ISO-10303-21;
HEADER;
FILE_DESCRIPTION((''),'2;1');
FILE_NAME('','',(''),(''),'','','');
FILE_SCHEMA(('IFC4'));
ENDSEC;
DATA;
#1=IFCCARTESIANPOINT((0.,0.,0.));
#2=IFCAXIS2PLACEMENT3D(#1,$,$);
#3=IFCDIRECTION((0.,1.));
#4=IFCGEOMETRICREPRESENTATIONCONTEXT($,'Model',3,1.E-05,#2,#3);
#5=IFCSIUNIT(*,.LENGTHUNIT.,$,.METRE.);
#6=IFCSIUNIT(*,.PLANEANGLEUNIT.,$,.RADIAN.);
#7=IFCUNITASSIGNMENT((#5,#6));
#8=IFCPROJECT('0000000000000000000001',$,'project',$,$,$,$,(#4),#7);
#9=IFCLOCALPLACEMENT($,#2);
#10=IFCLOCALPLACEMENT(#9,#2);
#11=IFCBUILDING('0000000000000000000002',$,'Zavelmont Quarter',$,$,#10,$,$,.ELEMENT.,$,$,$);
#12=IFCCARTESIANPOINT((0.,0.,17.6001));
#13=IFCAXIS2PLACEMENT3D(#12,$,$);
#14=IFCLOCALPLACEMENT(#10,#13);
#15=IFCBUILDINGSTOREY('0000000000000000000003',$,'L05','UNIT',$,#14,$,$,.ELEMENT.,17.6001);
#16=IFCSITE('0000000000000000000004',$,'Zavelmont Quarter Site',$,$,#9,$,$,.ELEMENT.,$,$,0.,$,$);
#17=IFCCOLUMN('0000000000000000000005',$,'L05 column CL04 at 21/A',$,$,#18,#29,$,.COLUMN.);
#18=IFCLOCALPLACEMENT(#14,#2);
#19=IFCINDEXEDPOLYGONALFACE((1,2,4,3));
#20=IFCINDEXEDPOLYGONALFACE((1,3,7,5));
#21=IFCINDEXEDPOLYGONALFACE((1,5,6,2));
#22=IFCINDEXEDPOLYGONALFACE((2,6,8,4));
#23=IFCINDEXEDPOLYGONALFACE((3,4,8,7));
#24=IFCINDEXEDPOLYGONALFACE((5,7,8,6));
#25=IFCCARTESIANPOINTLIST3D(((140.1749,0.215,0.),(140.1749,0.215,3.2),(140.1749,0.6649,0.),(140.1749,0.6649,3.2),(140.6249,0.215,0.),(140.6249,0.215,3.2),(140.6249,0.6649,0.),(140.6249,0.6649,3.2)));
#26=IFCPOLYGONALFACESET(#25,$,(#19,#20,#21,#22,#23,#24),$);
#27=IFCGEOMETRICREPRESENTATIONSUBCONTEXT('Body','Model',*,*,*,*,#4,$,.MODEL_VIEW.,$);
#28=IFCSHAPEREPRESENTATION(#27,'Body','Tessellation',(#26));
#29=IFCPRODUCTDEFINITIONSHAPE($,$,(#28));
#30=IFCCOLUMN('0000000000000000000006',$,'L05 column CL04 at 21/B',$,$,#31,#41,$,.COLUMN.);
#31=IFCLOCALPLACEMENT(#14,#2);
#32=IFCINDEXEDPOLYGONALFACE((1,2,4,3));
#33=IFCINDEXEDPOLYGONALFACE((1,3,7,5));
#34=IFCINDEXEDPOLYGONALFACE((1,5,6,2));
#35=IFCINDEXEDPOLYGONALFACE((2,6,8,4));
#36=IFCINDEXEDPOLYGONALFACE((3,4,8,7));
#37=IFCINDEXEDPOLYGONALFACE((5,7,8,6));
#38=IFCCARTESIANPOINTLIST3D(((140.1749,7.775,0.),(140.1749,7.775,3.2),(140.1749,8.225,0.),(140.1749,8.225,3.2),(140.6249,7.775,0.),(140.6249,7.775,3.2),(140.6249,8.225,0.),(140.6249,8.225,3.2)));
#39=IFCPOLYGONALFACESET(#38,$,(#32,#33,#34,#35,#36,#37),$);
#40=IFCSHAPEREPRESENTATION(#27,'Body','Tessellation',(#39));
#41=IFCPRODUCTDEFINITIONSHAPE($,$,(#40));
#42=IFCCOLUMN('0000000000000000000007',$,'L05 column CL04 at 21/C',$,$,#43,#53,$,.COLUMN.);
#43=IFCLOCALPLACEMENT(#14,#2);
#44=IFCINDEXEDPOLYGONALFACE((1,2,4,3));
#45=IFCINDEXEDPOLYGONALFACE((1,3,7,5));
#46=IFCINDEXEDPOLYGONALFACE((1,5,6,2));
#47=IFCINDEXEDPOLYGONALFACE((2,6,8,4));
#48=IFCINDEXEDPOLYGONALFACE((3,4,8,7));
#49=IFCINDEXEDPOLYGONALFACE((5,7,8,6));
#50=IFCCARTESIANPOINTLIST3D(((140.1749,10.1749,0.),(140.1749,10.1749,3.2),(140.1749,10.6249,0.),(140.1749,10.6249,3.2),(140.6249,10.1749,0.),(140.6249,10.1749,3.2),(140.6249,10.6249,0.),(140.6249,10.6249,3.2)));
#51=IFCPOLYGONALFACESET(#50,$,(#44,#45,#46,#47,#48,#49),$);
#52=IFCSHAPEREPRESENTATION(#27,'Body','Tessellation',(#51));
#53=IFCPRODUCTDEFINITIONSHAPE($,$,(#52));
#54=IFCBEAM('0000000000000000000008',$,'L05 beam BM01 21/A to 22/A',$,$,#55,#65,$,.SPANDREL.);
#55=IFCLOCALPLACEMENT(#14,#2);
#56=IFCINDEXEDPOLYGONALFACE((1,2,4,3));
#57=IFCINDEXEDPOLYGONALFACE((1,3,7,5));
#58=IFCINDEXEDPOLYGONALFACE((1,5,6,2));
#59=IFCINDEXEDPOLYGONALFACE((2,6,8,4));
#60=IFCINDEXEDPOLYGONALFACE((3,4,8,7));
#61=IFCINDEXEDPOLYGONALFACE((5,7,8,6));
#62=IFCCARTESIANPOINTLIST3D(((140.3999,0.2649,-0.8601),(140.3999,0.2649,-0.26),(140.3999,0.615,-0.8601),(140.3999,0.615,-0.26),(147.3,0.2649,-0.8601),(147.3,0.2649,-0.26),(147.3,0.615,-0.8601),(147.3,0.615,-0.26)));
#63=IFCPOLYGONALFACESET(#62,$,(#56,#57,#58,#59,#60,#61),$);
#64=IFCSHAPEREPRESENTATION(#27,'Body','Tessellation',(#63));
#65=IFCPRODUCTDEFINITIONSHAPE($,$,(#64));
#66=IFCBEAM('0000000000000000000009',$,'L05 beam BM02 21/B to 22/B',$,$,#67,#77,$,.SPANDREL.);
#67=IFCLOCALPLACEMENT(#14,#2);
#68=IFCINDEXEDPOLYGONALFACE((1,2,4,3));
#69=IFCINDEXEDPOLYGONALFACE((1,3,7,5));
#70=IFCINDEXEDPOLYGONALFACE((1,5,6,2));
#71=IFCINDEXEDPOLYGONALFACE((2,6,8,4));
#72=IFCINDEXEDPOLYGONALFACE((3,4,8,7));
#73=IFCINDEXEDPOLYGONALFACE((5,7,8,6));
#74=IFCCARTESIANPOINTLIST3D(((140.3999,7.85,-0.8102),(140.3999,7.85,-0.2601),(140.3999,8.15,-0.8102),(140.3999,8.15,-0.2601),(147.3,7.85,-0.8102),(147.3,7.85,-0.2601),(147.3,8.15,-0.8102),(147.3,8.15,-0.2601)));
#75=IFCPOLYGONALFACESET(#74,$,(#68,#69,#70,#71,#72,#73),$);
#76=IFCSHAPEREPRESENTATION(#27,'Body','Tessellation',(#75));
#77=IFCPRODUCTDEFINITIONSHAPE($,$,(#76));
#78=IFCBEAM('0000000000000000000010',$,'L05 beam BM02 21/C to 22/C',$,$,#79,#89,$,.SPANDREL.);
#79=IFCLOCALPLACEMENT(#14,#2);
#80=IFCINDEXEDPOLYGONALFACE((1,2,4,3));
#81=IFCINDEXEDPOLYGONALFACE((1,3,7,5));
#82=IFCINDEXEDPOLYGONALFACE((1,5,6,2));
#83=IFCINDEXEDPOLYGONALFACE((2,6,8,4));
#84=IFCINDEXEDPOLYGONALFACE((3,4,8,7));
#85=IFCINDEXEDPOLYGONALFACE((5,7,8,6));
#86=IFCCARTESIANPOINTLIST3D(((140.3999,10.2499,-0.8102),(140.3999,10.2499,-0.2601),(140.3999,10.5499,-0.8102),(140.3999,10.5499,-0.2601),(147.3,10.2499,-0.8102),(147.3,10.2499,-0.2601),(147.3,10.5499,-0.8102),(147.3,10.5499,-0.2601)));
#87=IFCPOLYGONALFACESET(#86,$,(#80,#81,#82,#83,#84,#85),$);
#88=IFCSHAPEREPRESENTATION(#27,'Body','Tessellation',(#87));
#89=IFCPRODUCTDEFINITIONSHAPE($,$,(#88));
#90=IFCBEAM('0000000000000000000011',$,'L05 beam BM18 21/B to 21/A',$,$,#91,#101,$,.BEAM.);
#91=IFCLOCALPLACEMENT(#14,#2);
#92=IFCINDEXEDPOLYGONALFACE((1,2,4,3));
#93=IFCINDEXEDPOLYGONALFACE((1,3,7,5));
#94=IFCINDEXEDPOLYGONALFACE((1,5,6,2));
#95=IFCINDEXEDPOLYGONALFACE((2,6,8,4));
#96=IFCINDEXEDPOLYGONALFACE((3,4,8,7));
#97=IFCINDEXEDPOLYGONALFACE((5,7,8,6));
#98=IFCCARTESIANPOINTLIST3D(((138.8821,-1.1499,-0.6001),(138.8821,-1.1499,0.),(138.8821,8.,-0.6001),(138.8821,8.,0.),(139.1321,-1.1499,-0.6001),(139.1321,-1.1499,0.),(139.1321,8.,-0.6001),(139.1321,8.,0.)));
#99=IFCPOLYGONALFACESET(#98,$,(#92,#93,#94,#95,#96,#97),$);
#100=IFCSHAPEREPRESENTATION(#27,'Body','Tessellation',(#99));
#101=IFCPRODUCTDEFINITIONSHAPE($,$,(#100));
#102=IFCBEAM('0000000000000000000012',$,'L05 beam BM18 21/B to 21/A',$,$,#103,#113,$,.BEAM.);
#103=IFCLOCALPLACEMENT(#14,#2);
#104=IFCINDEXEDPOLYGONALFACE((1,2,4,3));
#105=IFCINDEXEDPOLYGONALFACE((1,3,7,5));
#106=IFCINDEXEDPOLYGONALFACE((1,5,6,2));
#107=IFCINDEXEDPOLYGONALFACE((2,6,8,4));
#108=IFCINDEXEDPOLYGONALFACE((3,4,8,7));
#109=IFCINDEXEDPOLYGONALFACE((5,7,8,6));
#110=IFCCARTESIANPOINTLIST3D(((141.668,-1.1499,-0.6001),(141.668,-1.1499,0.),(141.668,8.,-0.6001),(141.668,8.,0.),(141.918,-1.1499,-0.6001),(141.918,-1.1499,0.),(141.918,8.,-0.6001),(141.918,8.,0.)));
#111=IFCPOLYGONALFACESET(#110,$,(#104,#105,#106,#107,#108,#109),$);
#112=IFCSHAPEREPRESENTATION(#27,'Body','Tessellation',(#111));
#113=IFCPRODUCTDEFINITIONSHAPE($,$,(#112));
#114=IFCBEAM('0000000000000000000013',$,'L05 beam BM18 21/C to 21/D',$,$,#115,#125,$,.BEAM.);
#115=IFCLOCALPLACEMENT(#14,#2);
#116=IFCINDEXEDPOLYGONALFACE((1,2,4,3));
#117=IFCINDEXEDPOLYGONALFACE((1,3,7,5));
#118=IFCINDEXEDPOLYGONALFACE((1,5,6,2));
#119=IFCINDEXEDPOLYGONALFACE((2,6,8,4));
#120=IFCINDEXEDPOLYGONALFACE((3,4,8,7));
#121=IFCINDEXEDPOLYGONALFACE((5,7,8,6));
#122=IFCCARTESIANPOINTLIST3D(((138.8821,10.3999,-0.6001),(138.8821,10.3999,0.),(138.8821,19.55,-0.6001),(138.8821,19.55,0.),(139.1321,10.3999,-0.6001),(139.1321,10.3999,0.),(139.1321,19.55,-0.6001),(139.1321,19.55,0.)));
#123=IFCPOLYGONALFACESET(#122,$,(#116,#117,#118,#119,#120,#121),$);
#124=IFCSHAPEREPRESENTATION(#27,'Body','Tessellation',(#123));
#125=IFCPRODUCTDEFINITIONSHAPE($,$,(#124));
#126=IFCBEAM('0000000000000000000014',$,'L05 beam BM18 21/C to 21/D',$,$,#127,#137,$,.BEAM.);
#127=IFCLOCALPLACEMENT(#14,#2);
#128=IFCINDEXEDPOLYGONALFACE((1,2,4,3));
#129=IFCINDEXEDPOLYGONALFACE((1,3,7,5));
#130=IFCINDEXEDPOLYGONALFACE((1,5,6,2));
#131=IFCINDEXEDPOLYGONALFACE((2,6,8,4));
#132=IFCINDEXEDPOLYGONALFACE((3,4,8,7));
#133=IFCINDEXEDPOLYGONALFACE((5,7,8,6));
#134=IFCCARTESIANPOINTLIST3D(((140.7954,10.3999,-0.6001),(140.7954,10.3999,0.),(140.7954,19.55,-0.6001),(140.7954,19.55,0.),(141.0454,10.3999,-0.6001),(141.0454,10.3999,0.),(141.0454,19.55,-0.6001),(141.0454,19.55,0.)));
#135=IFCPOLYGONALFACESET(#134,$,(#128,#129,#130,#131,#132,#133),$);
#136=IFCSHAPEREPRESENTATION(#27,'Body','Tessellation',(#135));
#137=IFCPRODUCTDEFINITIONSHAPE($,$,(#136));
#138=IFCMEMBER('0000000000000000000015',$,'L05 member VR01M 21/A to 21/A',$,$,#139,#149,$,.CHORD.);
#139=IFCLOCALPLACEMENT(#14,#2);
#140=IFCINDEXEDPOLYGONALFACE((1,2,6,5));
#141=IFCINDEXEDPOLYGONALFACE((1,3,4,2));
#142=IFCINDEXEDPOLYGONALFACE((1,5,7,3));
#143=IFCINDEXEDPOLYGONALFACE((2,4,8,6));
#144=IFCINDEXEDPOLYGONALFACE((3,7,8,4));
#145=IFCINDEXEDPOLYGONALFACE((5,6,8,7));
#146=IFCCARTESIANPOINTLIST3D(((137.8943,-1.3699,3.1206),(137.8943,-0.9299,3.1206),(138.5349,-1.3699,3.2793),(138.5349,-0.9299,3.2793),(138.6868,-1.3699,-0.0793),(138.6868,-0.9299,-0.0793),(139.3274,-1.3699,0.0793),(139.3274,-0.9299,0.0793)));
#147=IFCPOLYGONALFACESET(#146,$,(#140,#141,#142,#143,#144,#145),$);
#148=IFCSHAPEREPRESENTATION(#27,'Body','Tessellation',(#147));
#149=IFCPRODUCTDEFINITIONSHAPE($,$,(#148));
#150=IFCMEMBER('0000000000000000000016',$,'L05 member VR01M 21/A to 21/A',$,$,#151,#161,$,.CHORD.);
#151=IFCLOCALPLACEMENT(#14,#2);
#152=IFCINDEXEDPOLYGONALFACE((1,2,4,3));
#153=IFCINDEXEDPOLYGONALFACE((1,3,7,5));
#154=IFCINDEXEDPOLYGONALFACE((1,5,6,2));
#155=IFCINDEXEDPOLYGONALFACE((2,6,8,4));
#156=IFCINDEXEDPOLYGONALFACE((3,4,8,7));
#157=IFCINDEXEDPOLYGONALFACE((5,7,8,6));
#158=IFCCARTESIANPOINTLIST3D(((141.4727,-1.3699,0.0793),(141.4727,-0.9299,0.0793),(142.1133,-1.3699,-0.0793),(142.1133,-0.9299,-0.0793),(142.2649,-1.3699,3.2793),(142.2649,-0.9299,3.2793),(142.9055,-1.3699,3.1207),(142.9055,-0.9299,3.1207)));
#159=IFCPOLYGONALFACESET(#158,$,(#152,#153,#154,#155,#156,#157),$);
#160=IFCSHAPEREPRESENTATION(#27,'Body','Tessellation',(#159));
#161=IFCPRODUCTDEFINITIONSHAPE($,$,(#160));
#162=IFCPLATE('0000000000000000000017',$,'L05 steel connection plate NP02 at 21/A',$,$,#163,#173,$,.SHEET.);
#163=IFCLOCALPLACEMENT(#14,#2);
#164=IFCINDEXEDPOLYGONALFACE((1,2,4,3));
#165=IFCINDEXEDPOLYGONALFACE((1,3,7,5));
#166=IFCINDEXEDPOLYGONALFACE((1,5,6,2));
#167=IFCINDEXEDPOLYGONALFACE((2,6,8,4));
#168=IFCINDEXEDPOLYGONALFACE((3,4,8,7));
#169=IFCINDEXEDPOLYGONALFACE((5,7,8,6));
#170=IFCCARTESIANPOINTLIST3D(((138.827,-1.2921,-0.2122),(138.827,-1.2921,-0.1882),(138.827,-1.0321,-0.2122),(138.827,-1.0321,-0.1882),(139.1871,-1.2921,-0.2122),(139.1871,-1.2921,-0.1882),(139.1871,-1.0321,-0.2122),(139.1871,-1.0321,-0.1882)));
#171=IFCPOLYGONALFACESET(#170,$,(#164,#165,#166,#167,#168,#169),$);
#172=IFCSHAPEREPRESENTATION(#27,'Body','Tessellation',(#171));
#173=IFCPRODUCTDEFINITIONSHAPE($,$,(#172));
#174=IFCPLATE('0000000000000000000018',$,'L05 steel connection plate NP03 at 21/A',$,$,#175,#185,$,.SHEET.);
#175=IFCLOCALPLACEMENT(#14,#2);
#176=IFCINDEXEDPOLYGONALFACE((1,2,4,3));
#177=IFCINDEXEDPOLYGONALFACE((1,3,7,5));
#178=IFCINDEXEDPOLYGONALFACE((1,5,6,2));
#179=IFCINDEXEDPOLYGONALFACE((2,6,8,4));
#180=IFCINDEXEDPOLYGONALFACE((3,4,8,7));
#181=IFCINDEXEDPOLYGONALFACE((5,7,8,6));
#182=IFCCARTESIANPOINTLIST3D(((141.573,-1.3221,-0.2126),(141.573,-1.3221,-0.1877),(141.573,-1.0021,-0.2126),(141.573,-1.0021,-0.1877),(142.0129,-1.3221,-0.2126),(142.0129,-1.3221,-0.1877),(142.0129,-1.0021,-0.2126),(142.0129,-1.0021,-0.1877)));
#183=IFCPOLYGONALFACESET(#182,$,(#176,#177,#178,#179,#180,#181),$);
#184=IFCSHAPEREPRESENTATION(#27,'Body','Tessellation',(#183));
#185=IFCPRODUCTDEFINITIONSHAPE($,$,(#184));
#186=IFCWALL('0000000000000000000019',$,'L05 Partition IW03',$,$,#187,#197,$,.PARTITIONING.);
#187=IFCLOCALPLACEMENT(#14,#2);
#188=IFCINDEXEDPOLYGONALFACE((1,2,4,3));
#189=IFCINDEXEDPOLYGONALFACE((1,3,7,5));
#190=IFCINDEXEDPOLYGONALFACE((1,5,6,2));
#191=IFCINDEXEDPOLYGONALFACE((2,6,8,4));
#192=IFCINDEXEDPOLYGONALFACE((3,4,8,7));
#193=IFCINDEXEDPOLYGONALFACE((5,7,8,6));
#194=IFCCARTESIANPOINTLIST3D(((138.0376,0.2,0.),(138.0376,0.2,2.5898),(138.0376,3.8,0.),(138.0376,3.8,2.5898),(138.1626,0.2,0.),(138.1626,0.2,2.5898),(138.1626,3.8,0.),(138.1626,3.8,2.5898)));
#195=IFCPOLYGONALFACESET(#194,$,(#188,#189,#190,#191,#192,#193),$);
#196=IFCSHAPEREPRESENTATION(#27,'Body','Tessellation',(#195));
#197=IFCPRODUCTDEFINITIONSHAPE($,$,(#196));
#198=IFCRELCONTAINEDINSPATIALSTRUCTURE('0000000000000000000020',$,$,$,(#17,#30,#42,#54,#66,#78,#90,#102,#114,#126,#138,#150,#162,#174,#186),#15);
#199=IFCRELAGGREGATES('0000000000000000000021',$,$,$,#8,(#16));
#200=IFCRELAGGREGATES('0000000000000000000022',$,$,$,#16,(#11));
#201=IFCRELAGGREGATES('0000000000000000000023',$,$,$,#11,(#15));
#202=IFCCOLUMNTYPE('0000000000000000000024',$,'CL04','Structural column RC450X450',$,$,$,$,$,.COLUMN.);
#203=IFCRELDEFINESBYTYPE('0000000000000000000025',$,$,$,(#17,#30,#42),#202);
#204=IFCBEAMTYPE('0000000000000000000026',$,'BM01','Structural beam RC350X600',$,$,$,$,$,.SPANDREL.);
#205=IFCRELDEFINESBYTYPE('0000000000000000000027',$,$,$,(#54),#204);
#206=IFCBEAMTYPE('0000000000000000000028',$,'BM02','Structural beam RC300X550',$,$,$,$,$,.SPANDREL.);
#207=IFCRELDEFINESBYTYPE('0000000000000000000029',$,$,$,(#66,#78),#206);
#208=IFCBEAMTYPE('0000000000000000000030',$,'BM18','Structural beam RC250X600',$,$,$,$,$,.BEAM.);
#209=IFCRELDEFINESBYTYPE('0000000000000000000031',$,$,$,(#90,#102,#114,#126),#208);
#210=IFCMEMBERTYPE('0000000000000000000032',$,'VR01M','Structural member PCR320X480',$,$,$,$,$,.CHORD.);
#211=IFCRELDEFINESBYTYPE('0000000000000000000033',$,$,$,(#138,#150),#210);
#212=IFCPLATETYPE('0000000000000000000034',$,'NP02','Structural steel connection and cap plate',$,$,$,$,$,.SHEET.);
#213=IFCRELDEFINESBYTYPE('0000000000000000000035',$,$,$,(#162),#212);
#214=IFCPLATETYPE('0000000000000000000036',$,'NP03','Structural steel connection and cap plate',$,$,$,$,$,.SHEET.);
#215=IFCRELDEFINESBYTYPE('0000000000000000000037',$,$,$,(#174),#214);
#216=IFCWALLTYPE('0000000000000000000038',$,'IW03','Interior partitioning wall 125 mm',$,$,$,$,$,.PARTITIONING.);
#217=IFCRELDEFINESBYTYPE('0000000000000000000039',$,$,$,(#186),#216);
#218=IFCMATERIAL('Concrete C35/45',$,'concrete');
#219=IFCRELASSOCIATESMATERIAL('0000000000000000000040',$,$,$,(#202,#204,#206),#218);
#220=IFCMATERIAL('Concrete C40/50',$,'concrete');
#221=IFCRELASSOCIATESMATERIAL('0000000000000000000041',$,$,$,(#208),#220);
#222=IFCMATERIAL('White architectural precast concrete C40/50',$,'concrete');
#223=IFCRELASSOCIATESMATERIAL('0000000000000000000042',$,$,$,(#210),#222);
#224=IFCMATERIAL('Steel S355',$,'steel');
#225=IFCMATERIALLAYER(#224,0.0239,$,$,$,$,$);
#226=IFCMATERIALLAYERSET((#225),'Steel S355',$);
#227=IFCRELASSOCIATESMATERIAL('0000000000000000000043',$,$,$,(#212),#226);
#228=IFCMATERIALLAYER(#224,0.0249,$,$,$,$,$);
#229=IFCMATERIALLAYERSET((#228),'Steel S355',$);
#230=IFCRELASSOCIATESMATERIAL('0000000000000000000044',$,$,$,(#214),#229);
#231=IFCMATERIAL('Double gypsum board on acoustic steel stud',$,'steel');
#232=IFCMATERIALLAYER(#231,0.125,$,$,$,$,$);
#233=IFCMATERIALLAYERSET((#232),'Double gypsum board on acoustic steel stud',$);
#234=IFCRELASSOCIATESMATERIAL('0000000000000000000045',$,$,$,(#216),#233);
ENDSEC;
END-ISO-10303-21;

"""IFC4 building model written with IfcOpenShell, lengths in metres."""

from ifc_helpers import new_model, si_unit, direction, frame, frame_2d, origin, origin_2d, place, context, subcontext, project, spatial, rectangle, extrude, material, layer, layer_set, material_profile, profile_set, type_object, element, save


model = new_model("IFC4")

# Units and contexts
model_context = context("Model", 3, precision=1e-05, world=origin(), true_north=direction((0.0, 1.0)))
body_context = subcontext(model_context, "Body", "Model", "MODEL_VIEW")
ifc_project = project(units=[si_unit("LENGTHUNIT", "METRE"), si_unit("PLANEANGLEUNIT", "RADIAN")], contexts=[model_context])

# Site, building, storey
site_placement = place(None, origin())
site = spatial("IfcSite", under=ifc_project, at=site_placement, Name="Zavelmont Quarter Site", CompositionType="ELEMENT", RefElevation=0.0)
building_placement = place(site_placement, origin())
building = spatial("IfcBuilding", under=site, at=building_placement, Name="Zavelmont Quarter", CompositionType="ELEMENT")
storey_placement = place(building_placement, frame((0.0, 0.0, 17.6001)))
storey = spatial("IfcBuildingStorey", under=building, at=storey_placement, Name="L05", Description="UNIT", CompositionType="ELEMENT", Elevation=17.6001)

# Columns
ifc_material_1 = material(Name="Concrete C35/45", Category="concrete")
ifc_material_profile_1 = material_profile(ifc_material_1, rectangle(XDim=0.45, YDim=0.45, at=origin_2d()), Name="RC450X450")
ifc_profile_set_1 = profile_set([ifc_material_profile_1], Name="Concrete C35/45")
column_type = type_object("IfcColumnType", Name="CL04", Description="Structural column RC450X450", PredefinedType="COLUMN", material=ifc_profile_set_1)
for number, where, z_axis, x_axis, name in (
    (1, (140.3999, 0.4399, 0.0), (0.0, 0.0, 1.0), (1.0, 0.0, 0.0), "L05 column CL04 at 21/A"),
    (2, (140.3999, 8.0, 0.0), (0.0, 0.0, 1.0), (1.0, 0.0, 0.0), "L05 column CL04 at 21/B"),
    (3, (140.3999, 10.3999, 0.0), (0.0, 0.0, 1.0), (1.0, 0.0, 0.0), "L05 column CL04 at 21/C"),
):
    element("IfcColumn", number, at=place(storey_placement, frame(where, z_axis=z_axis, x_axis=x_axis)), inside=storey, type_object=column_type, Name=name, PredefinedType="COLUMN", context=body_context, shape_type="SweptSolid", body=[
        extrude(rectangle(XDim=0.45, YDim=0.45, at=origin_2d()), origin(), (0.0, 0.0, 1.0), 3.2),
    ])

# Beams
ifc_material_profile_2 = material_profile(ifc_material_1, rectangle(XDim=0.3501, YDim=0.6001, at=origin_2d()), Name="RC350X600")
ifc_profile_set_2 = profile_set([ifc_material_profile_2], Name="Concrete C35/45")
beam_type_1 = type_object("IfcBeamType", Name="BM01", Description="Structural beam RC350X600", PredefinedType="SPANDREL", material=ifc_profile_set_2)
beam_placement = place(storey_placement, frame((140.3999, 0.4399, -0.5601), z_axis=(1.0, 0.0, 0.0), x_axis=(0.0, 1.0, 0.0)))
element("IfcBeam", 4, at=beam_placement, inside=storey, type_object=beam_type_1, Name="L05 beam BM01 21/A to 22/A", PredefinedType="SPANDREL", context=body_context, shape_type="SweptSolid", body=[
    extrude(rectangle(XDim=0.3501, YDim=0.6001, at=origin_2d()), origin(), (0.0, 0.0, 1.0), 6.9001),
])
ifc_material_profile_3 = material_profile(ifc_material_1, rectangle(XDim=0.3, YDim=0.55, at=origin_2d()), Name="RC300X550")
ifc_profile_set_3 = profile_set([ifc_material_profile_3], Name="Concrete C35/45")
beam_type_2 = type_object("IfcBeamType", Name="BM02", Description="Structural beam RC300X550", PredefinedType="SPANDREL", material=ifc_profile_set_3)
for number, where, z_axis, x_axis, name in (
    (5, (140.3999, 8.0, -0.5352), (1.0, 0.0, 0.0), (0.0, 1.0, 0.0), "L05 beam BM02 21/B to 22/B"),
    (6, (140.3999, 10.3999, -0.5352), (1.0, 0.0, 0.0), (0.0, 1.0, 0.0), "L05 beam BM02 21/C to 22/C"),
):
    element("IfcBeam", number, at=place(storey_placement, frame(where, z_axis=z_axis, x_axis=x_axis)), inside=storey, type_object=beam_type_2, Name=name, PredefinedType="SPANDREL", context=body_context, shape_type="SweptSolid", body=[
        extrude(rectangle(XDim=0.3, YDim=0.55, at=origin_2d()), origin(), (0.0, 0.0, 1.0), 6.9001),
    ])
ifc_material_2 = material(Name="Concrete C40/50", Category="concrete")
ifc_material_profile_4 = material_profile(ifc_material_2, rectangle(XDim=0.25, YDim=0.6001, at=origin_2d()), Name="RC250X600")
ifc_profile_set_4 = profile_set([ifc_material_profile_4], Name="Concrete C40/50")
beam_type_3 = type_object("IfcBeamType", Name="BM18", Description="Structural beam RC250X600", PredefinedType="BEAM", material=ifc_profile_set_4)
for number, where, z_axis, x_axis, name in (
    (7, (139.0071, 8.0, -0.3), (0.0, -1.0, 0.0), (1.0, 0.0, 0.0), "L05 beam BM18 21/B to 21/A"),
    (8, (141.793, 8.0, -0.3), (0.0, -1.0, 0.0), (1.0, 0.0, 0.0), "L05 beam BM18 21/B to 21/A"),
):
    element("IfcBeam", number, at=place(storey_placement, frame(where, z_axis=z_axis, x_axis=x_axis)), inside=storey, type_object=beam_type_3, Name=name, PredefinedType="BEAM", context=body_context, shape_type="SweptSolid", body=[
        extrude(rectangle(XDim=0.25, YDim=0.6001, at=origin_2d()), origin(), (0.0, 0.0, 1.0), 9.1499),
    ])
for number, where, z_axis, x_axis, name in (
    (9, (139.0071, 10.3999, -0.3), (0.0, 1.0, 0.0), (-1.0, 0.0, 0.0), "L05 beam BM18 21/C to 21/D"),
    (10, (140.9204, 10.3999, -0.3), (0.0, 1.0, 0.0), (-1.0, 0.0, 0.0), "L05 beam BM18 21/C to 21/D"),
):
    element("IfcBeam", number, at=place(storey_placement, frame(where, z_axis=z_axis, x_axis=x_axis)), inside=storey, type_object=beam_type_3, Name=name, PredefinedType="BEAM", context=body_context, shape_type="SweptSolid", body=[
        extrude(rectangle(XDim=0.25, YDim=0.6001, at=origin_2d()), origin(), (0.0, 0.0, 1.0), 9.1501),
    ])

# Members
ifc_material_3 = material(Name="White architectural precast concrete C40/50", Category="concrete")
ifc_material_profile_5 = material_profile(ifc_material_3, rectangle(XDim=0.4399, YDim=0.6599, at=origin_2d()), Name="PCR320X480")
ifc_profile_set_5 = profile_set([ifc_material_profile_5], Name="White architectural precast concrete C40/50")
member_type = type_object("IfcMemberType", Name="VR01M", Description="Structural member PCR320X480", PredefinedType="CHORD", material=ifc_profile_set_5)
for number, where, z_axis, x_axis, name in (
    (11, (139.0071, -1.1499, 0.0), (-0.240392, 0.0, 0.970676), (0.0, -1.0, 0.0), "L05 member VR01M 21/A to 21/A"),
    (12, (141.793, -1.1499, 0.0), (0.240322, 0.0, 0.970693), (0.0, 1.0, 0.0), "L05 member VR01M 21/A to 21/A"),
):
    element("IfcMember", number, at=place(storey_placement, frame(where, z_axis=z_axis, x_axis=x_axis)), inside=storey, type_object=member_type, Name=name, PredefinedType="CHORD", context=body_context, shape_type="SweptSolid", body=[
        extrude(rectangle(XDim=0.4399, YDim=0.6599, at=origin_2d()), origin(), (0.0, 0.0, 1.0), 3.2966),
    ])

# Plates
ifc_material_4 = material(Name="Steel S355", Category="steel")
ifc_layer_1 = layer(ifc_material_4, 0.0239)
ifc_layer_set_1 = layer_set([ifc_layer_1], Name="Steel S355")
plate_type_1 = type_object("IfcPlateType", Name="NP02", Description="Structural steel connection and cap plate", PredefinedType="SHEET", material=ifc_layer_set_1)
plate_1_placement = place(storey_placement, frame((139.0071, -1.1621, -0.2122), z_axis=(0.0, 0.0, 1.0), x_axis=(1.0, 0.0, 0.0)))
element("IfcPlate", 13, at=plate_1_placement, inside=storey, type_object=plate_type_1, Name="L05 steel connection plate NP02 at 21/A", PredefinedType="SHEET", context=body_context, shape_type="SweptSolid", body=[
    extrude(rectangle(XDim=0.3601, YDim=0.26, at=origin_2d()), origin(), (0.0, 0.0, 1.0), 0.0239),
])
ifc_layer_2 = layer(ifc_material_4, 0.0249)
ifc_layer_set_2 = layer_set([ifc_layer_2], Name="Steel S355")
plate_type_2 = type_object("IfcPlateType", Name="NP03", Description="Structural steel connection and cap plate", PredefinedType="SHEET", material=ifc_layer_set_2)
plate_2_placement = place(storey_placement, frame((141.793, -1.1621, -0.2126), z_axis=(0.0, 0.0, 1.0), x_axis=(1.0, 0.0, 0.0)))
element("IfcPlate", 14, at=plate_2_placement, inside=storey, type_object=plate_type_2, Name="L05 steel connection plate NP03 at 21/A", PredefinedType="SHEET", context=body_context, shape_type="SweptSolid", body=[
    extrude(rectangle(XDim=0.4399, YDim=0.3201, at=origin_2d()), origin(), (0.0, 0.0, 1.0), 0.0249),
])

# Wall
ifc_material_5 = material(Name="Double gypsum board on acoustic steel stud", Category="steel")
ifc_layer_3 = layer(ifc_material_5, 0.125)
ifc_layer_set_3 = layer_set([ifc_layer_3], Name="Double gypsum board on acoustic steel stud")
wall_type_1 = type_object("IfcWallType", Name="IW03", Description="Interior partitioning wall 125 mm", PredefinedType="PARTITIONING", material=ifc_layer_set_3)
wall_1_placement = place(storey_placement, frame((138.1001, 3.8, 0.0), z_axis=(0.0, 0.0, 1.0), x_axis=(0.0, -1.0, 0.0)))
element("IfcWall", 15, at=wall_1_placement, inside=storey, type_object=wall_type_1, Name="L05 Partition IW03", PredefinedType="PARTITIONING", context=body_context, shape_type="SweptSolid", body=[
    extrude(rectangle(XDim=3.6001, YDim=0.125, at=frame_2d((1.8, 0.0))), origin(), (0.0, 0.0, 1.0), 2.5898),
])

save(model, "model.ifc")
